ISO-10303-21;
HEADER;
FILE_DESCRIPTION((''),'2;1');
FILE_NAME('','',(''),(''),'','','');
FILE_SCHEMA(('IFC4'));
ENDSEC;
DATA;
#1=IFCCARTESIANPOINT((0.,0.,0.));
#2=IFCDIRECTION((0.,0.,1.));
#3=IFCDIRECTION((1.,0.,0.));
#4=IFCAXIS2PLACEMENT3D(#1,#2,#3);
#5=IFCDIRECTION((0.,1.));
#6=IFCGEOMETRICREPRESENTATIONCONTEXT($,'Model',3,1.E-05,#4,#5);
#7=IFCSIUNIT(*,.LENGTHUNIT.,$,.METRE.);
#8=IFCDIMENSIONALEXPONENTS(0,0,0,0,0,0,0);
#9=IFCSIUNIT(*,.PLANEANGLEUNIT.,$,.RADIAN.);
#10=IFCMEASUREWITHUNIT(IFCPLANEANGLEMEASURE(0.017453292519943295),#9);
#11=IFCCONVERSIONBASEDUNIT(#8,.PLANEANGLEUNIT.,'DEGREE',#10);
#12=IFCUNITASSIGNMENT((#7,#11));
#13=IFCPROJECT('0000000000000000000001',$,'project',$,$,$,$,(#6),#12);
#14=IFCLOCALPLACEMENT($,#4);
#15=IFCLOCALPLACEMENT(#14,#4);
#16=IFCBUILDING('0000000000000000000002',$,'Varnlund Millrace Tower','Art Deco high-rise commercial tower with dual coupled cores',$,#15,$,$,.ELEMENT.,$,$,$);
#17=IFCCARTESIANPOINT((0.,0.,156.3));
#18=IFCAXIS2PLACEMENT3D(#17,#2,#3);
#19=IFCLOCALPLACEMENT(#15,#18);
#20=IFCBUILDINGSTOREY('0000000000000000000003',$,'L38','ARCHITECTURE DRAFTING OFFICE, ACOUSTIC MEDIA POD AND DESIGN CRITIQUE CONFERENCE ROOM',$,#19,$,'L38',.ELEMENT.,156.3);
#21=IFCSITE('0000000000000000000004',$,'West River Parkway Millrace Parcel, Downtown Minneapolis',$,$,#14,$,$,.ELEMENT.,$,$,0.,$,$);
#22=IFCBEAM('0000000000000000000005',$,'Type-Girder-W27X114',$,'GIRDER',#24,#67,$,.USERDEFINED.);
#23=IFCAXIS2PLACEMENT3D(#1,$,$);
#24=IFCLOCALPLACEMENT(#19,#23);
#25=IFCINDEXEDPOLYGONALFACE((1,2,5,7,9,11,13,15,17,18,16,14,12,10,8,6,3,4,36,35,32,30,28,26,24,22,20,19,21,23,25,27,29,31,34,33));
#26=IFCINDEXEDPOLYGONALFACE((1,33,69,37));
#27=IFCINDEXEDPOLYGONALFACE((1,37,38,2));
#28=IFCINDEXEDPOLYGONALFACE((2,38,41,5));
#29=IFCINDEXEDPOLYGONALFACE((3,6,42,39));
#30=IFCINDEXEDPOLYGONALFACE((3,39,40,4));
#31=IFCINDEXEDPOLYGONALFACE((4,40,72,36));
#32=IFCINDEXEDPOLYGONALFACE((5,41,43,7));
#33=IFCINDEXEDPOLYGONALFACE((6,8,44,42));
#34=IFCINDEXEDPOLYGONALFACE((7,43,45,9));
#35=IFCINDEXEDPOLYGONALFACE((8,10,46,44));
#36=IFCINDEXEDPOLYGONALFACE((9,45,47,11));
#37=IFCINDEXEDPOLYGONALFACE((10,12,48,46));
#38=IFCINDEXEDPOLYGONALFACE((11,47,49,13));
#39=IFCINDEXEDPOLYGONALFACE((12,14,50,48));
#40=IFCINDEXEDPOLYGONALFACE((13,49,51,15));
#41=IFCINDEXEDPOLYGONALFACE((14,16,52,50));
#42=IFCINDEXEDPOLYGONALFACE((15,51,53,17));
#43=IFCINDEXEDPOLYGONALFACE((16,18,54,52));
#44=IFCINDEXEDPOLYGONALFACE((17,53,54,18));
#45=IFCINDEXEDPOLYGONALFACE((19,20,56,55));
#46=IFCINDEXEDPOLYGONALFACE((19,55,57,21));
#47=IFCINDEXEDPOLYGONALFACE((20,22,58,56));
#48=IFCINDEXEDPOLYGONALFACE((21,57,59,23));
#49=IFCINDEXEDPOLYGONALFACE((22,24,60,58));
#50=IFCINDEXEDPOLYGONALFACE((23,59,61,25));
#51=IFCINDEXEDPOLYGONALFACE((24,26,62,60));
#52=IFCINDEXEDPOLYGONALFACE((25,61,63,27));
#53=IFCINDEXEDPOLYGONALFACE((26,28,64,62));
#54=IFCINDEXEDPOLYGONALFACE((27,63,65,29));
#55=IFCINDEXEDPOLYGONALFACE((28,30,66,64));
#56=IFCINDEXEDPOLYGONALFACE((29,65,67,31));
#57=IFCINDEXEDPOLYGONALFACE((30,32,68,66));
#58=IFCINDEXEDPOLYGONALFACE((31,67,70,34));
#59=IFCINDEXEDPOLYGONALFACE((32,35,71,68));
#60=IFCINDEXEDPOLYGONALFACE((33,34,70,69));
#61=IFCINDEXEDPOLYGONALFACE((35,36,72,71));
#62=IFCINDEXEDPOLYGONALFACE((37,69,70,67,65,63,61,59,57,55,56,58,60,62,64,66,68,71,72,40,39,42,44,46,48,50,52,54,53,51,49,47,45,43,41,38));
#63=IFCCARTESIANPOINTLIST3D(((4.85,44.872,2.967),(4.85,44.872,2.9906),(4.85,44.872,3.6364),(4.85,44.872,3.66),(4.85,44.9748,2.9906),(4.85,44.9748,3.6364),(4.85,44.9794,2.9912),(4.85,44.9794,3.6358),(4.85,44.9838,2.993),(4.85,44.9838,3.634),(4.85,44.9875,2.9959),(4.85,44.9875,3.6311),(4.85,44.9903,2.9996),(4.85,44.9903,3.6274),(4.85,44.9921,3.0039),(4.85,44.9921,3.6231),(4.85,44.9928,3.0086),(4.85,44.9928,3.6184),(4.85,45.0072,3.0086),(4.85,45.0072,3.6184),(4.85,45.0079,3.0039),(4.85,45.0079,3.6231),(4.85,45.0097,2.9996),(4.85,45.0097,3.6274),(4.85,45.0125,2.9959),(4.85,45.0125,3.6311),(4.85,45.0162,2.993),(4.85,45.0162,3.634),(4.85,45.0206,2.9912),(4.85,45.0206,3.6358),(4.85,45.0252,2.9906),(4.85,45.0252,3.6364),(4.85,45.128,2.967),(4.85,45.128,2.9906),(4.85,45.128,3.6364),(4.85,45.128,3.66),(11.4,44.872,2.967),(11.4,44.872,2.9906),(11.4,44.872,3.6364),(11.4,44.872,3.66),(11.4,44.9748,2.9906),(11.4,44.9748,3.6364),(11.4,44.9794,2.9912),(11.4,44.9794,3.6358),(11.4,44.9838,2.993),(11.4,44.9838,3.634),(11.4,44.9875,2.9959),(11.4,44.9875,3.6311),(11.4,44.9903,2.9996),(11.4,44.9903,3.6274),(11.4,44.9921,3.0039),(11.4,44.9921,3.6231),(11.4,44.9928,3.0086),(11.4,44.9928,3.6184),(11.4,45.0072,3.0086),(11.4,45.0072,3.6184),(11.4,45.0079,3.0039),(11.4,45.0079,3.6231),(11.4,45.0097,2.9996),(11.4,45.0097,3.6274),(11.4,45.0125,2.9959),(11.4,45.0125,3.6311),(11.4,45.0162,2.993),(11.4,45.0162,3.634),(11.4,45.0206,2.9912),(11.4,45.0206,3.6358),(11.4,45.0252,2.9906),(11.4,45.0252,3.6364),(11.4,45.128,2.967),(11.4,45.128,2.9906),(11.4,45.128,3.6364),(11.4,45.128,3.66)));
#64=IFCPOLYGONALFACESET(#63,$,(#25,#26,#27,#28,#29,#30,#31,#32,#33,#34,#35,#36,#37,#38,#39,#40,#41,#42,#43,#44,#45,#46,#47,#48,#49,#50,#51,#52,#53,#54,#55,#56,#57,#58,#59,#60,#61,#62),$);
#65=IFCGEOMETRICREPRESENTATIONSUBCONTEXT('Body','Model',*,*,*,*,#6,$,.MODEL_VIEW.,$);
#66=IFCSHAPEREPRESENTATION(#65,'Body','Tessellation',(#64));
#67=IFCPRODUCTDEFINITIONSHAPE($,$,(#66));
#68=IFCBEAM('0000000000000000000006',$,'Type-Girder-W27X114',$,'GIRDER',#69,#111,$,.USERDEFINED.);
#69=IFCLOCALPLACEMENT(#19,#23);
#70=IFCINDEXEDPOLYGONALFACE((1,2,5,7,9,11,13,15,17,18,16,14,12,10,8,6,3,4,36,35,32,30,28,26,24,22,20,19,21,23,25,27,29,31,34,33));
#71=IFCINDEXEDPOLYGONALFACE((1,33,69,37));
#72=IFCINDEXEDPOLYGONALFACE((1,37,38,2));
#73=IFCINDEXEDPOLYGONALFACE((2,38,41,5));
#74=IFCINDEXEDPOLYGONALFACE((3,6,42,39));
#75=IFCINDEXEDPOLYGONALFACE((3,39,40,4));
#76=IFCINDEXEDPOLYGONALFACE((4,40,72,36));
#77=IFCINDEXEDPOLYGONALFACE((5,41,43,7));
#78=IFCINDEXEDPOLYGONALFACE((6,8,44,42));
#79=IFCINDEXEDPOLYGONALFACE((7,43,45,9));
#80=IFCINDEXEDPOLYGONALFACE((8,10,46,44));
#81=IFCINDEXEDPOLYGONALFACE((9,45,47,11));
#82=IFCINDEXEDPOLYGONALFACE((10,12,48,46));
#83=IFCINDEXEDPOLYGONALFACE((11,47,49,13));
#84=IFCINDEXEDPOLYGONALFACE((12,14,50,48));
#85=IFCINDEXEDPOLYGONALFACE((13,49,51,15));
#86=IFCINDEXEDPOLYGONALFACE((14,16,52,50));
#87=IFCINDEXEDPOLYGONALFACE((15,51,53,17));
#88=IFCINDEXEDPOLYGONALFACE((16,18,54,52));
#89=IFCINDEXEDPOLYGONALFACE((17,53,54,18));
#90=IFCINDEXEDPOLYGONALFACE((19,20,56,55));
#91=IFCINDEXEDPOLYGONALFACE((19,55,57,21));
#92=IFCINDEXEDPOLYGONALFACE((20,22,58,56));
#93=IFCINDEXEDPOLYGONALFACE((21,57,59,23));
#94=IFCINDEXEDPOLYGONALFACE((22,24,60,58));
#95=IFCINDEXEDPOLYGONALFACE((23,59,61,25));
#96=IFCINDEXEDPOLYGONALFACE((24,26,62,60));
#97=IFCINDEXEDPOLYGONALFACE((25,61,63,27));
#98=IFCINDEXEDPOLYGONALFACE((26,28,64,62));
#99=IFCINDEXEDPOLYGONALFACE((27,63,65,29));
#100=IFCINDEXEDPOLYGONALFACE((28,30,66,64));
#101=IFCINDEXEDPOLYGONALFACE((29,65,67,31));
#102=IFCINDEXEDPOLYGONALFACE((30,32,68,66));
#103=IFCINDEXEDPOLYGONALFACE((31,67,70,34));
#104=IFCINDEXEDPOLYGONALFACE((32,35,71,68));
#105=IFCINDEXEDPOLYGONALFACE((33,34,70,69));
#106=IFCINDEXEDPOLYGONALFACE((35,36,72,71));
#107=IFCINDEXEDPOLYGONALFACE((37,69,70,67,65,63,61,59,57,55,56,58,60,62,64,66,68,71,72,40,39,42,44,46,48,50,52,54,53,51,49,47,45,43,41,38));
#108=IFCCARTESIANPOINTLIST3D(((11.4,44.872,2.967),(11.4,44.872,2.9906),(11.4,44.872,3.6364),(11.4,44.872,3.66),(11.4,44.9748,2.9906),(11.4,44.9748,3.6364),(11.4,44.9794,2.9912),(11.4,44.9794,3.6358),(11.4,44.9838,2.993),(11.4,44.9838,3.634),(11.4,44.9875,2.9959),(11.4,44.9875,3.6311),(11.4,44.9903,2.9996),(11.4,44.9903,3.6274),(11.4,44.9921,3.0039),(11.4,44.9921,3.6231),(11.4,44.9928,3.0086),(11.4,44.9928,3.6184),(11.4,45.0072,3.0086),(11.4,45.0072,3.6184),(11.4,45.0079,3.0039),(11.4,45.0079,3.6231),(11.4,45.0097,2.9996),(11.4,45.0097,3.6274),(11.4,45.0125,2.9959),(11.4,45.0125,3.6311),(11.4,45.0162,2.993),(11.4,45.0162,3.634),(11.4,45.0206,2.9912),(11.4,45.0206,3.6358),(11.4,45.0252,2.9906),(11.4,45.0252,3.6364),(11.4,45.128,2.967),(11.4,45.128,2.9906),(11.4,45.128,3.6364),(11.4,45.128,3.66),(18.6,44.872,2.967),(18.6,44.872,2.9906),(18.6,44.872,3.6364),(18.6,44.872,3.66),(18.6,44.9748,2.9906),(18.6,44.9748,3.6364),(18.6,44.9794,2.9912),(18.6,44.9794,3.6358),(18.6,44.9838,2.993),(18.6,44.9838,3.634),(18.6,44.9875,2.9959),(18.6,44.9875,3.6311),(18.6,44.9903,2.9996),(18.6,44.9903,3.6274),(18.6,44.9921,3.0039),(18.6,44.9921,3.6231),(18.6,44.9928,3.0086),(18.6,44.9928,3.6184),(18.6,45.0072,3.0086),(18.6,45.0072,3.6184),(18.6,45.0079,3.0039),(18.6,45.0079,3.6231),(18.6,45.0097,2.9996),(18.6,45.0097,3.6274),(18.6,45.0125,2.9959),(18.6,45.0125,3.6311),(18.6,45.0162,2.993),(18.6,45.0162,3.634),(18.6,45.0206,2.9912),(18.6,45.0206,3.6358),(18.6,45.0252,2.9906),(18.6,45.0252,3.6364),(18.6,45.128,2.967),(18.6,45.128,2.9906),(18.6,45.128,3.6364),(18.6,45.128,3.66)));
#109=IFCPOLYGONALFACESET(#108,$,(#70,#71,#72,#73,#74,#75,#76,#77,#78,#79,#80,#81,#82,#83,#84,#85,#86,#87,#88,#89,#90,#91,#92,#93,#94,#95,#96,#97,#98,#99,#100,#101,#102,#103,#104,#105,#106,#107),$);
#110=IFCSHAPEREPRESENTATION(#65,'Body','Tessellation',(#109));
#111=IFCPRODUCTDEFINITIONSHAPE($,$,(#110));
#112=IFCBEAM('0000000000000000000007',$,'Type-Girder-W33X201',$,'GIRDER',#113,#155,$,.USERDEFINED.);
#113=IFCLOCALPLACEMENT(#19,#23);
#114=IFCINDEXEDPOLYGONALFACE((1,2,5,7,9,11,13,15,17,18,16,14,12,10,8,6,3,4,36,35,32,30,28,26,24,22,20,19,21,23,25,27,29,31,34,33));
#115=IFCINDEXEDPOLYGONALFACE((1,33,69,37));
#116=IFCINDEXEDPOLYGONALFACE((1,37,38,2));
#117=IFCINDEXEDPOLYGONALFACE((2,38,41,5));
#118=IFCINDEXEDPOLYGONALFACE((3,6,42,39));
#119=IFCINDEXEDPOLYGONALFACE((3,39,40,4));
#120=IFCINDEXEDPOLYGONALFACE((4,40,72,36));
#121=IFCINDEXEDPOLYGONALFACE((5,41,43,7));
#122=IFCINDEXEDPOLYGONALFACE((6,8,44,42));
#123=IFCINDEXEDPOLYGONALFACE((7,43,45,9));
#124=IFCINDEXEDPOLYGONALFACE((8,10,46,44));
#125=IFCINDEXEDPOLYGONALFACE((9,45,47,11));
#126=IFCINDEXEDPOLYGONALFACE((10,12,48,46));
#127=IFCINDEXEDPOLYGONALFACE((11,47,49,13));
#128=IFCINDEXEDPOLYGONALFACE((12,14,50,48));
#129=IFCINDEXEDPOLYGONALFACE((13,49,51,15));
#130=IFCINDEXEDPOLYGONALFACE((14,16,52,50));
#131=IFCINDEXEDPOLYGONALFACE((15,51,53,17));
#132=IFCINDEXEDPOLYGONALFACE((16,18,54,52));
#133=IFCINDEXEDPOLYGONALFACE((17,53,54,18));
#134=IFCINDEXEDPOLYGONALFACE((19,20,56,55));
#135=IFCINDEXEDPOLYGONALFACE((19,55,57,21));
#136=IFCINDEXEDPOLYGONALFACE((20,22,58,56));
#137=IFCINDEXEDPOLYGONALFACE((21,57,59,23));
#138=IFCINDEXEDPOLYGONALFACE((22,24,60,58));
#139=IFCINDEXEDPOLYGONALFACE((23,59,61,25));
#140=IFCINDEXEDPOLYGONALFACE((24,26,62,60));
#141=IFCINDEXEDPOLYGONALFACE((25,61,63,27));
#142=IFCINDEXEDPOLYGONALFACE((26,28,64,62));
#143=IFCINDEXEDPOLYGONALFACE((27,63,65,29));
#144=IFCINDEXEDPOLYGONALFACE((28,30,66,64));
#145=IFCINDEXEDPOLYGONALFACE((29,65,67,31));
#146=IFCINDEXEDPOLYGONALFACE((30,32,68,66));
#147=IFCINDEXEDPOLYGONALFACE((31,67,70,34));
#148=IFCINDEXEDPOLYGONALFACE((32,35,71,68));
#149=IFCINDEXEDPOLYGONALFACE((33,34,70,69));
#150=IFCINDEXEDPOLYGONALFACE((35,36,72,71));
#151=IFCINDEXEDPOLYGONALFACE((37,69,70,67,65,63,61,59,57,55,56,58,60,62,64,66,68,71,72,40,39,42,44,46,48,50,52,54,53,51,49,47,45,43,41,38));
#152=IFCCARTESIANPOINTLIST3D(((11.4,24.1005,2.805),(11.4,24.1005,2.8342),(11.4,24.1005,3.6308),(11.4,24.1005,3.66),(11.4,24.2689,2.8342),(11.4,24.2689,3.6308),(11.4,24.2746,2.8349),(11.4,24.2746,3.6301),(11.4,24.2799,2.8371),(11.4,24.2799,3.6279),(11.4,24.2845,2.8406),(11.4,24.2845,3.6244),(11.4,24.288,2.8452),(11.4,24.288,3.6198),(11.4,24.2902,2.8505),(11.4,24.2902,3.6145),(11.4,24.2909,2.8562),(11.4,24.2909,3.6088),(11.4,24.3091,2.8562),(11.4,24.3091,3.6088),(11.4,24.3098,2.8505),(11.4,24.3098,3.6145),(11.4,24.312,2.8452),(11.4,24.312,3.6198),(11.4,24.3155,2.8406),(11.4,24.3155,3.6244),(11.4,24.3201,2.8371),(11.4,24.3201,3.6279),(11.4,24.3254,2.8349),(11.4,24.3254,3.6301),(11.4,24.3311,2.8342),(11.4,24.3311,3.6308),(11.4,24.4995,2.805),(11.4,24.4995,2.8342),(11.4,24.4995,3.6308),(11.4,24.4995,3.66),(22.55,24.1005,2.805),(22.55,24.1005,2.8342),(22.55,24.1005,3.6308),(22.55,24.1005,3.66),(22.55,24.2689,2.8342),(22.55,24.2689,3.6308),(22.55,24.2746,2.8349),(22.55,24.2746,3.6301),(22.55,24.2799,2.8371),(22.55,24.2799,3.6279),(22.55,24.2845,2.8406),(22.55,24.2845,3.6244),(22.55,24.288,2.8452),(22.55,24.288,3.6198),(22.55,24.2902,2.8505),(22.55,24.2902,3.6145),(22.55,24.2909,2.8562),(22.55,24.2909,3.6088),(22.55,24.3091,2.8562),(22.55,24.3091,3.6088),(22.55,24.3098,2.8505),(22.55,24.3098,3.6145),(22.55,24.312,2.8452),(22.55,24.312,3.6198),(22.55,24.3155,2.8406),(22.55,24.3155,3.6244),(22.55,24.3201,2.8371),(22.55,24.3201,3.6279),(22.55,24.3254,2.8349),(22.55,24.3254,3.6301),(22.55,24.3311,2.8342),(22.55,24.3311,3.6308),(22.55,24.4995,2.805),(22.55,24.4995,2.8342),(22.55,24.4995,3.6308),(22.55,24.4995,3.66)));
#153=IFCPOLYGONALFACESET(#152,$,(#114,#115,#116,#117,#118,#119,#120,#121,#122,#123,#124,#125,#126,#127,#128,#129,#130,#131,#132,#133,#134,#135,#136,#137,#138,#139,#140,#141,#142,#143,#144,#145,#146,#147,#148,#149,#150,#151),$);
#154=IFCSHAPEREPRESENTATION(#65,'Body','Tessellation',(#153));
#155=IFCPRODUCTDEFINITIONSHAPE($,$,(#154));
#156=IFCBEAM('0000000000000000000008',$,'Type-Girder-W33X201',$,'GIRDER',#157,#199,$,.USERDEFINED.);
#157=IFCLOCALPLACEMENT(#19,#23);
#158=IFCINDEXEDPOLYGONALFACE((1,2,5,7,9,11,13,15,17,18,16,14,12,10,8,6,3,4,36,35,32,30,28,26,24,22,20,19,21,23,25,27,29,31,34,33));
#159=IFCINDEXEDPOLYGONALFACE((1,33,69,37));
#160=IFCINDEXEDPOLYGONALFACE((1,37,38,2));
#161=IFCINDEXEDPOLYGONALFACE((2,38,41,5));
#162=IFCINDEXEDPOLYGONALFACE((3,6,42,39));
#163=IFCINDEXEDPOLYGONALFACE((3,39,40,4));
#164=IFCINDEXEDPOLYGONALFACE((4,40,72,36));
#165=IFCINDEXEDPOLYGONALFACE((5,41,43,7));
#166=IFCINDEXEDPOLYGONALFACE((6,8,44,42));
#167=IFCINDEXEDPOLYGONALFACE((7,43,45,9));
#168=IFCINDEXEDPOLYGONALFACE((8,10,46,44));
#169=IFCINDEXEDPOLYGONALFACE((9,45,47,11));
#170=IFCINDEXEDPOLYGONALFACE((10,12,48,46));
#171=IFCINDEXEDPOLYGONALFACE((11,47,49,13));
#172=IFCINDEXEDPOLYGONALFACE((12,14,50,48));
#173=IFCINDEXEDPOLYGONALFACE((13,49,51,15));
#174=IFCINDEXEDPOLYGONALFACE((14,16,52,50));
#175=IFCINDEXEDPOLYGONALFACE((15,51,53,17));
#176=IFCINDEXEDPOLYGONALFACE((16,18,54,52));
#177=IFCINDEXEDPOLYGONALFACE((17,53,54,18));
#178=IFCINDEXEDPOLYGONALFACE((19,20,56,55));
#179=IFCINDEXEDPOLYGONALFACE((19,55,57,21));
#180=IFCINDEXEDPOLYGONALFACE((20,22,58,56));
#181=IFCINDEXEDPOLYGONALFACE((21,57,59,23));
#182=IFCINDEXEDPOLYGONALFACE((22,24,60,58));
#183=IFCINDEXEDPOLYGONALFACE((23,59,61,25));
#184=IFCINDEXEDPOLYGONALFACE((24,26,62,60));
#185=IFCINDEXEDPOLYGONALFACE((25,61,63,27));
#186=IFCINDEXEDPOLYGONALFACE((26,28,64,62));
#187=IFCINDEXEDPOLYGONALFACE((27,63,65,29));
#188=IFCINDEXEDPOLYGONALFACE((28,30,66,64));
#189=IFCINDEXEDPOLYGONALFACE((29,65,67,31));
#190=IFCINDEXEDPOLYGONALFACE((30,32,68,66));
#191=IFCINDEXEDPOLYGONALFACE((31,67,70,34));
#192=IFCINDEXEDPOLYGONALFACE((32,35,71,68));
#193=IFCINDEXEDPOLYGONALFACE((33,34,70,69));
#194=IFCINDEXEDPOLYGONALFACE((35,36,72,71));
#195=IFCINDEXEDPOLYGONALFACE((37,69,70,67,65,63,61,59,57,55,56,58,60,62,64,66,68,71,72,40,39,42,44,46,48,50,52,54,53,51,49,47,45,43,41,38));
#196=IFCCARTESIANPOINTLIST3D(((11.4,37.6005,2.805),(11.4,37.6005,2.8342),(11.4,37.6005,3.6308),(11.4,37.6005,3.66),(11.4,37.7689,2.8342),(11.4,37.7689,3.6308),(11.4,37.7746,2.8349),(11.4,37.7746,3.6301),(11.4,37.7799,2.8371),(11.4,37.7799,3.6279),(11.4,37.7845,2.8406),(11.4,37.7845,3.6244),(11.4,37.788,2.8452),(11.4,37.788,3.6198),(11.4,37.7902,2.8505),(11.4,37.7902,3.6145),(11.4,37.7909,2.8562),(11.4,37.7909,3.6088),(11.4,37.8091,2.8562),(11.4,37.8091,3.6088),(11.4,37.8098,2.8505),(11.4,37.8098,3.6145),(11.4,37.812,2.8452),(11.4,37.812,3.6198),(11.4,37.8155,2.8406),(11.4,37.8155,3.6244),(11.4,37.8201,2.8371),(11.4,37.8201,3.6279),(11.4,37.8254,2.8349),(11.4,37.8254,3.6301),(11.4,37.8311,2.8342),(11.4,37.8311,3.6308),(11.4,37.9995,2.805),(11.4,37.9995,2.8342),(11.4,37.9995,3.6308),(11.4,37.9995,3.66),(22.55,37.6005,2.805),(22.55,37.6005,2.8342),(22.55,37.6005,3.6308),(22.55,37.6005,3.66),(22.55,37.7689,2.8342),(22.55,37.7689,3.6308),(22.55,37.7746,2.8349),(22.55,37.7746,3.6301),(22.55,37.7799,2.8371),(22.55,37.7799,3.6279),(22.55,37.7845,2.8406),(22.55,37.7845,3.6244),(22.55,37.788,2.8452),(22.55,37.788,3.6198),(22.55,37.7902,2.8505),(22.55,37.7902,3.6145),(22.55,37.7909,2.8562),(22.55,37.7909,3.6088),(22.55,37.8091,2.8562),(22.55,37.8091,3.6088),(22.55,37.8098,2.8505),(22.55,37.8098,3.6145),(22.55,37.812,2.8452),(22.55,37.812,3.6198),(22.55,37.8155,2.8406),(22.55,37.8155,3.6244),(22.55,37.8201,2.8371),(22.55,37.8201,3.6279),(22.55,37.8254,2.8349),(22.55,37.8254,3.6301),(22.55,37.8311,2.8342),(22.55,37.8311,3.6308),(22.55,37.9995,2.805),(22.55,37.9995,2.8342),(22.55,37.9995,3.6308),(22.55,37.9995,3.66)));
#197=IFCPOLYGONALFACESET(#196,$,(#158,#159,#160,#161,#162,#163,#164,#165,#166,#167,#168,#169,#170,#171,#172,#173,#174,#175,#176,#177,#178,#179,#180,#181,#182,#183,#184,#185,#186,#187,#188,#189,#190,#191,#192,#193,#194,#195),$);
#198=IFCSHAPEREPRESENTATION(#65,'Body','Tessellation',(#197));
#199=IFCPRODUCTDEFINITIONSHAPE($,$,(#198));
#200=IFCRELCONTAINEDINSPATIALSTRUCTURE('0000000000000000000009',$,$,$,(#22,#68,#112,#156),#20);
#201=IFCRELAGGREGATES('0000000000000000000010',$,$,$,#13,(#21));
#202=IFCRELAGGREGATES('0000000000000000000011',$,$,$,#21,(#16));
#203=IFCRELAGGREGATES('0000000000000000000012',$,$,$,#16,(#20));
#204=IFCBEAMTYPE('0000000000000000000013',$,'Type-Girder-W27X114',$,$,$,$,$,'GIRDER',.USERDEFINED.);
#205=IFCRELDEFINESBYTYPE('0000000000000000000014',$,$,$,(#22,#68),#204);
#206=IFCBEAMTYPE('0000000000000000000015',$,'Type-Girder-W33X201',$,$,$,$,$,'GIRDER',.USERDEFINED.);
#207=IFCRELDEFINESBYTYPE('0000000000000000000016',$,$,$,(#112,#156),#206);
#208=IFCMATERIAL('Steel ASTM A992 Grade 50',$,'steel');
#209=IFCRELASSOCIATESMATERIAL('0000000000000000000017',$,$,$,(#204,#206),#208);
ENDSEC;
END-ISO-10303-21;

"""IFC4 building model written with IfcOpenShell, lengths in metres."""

from ifc_helpers import new_model, entity, si_unit, converted_unit, direction, frame, origin_with_axes, origin_2d_with_axis, place, context, subcontext, project, spatial, i_section, extrude, material, material_profile, profile_set, type_object, element, save


model = new_model("IFC4")

# Units and contexts
model_context = context("Model", 3, precision=1e-05, world=origin_with_axes(), true_north=direction((0.0, 1.0)))
body_context = subcontext(model_context, "Body", "Model", "MODEL_VIEW")
ifc_project = project(units=[si_unit("LENGTHUNIT", "METRE"), converted_unit("PLANEANGLEUNIT", "DEGREE", entity("IfcPlaneAngleMeasure", 0.017453292519943295), si_unit("PLANEANGLEUNIT", "RADIAN"), dimensions=[0, 0, 0, 0, 0, 0, 0])], contexts=[model_context])

# Site, building, storey
site_placement = place(None, origin_with_axes())
site = spatial("IfcSite", under=ifc_project, at=site_placement, Name="West River Parkway Millrace Parcel, Downtown Minneapolis", CompositionType="ELEMENT", RefElevation=0.0)
building_placement = place(site_placement, origin_with_axes())
building = spatial("IfcBuilding", under=site, at=building_placement, Name="Varnlund Millrace Tower", Description="Art Deco high-rise commercial tower with dual coupled cores", CompositionType="ELEMENT")
storey_placement = place(building_placement, frame((0.0, 0.0, 156.3), z_axis=(0.0, 0.0, 1.0), x_axis=(1.0, 0.0, 0.0)))
storey = spatial("IfcBuildingStorey", under=building, at=storey_placement, Name="L38", Description="ARCHITECTURE DRAFTING OFFICE, ACOUSTIC MEDIA POD AND DESIGN CRITIQUE CONFERENCE ROOM", LongName="L38", CompositionType="ELEMENT", Elevation=156.3)

# Beams
ifc_material_1 = material(Name="Steel ASTM A992 Grade 50", Category="steel")
ifc_material_profile_1 = material_profile(ifc_material_1, i_section(OverallWidth=0.256, OverallDepth=0.693, WebThickness=0.0145, FlangeThickness=0.0236, FilletRadius=0.018, at=origin_2d_with_axis()), Name="Steel ASTM A992 Grade 50")
ifc_profile_set_1 = profile_set([ifc_material_profile_1], Name="Steel ASTM A992 Grade 50")
beam_type_1 = type_object("IfcBeamType", Name="Type-Girder-W27X114", ElementType="GIRDER", PredefinedType="USERDEFINED", material=ifc_profile_set_1)
beam_1_placement = place(storey_placement, frame((4.85, 45.0, 3.3135), z_axis=(1.0, 0.0, 0.0), x_axis=(0.0, 1.0, 0.0)))
element("IfcBeam", 1, at=beam_1_placement, inside=storey, type_object=beam_type_1, Name="Type-Girder-W27X114", ObjectType="GIRDER", PredefinedType="USERDEFINED", context=body_context, shape_type="SweptSolid", body=[
    extrude(i_section(OverallWidth=0.256, OverallDepth=0.693, WebThickness=0.0145, FlangeThickness=0.0236, FilletRadius=0.018, at=origin_2d_with_axis()), origin_with_axes(), (0.0, 0.0, 1.0), 6.55),
])
beam_2_placement = place(storey_placement, frame((11.4, 45.0, 3.3135), z_axis=(1.0, 0.0, 0.0), x_axis=(0.0, 1.0, 0.0)))
element("IfcBeam", 2, at=beam_2_placement, inside=storey, type_object=beam_type_1, Name="Type-Girder-W27X114", ObjectType="GIRDER", PredefinedType="USERDEFINED", context=body_context, shape_type="SweptSolid", body=[
    extrude(i_section(OverallWidth=0.256, OverallDepth=0.693, WebThickness=0.0145, FlangeThickness=0.0236, FilletRadius=0.018, at=origin_2d_with_axis()), origin_with_axes(), (0.0, 0.0, 1.0), 7.2),
])
ifc_material_profile_2 = material_profile(ifc_material_1, i_section(OverallWidth=0.399, OverallDepth=0.855, WebThickness=0.0182, FlangeThickness=0.0292, FilletRadius=0.022, at=origin_2d_with_axis()), Name="Steel ASTM A992 Grade 50")
ifc_profile_set_2 = profile_set([ifc_material_profile_2], Name="Steel ASTM A992 Grade 50")
beam_type_2 = type_object("IfcBeamType", Name="Type-Girder-W33X201", ElementType="GIRDER", PredefinedType="USERDEFINED", material=ifc_profile_set_2)
for number, where, z_axis, x_axis, name in (
    (3, (11.4, 24.3, 3.2325), (1.0, 0.0, 0.0), (0.0, 1.0, 0.0), "Type-Girder-W33X201"),
    (4, (11.4, 37.8, 3.2325), (1.0, 0.0, 0.0), (0.0, 1.0, 0.0), "Type-Girder-W33X201"),
):
    element("IfcBeam", number, at=place(storey_placement, frame(where, z_axis=z_axis, x_axis=x_axis)), inside=storey, type_object=beam_type_2, Name=name, ObjectType="GIRDER", PredefinedType="USERDEFINED", context=body_context, shape_type="SweptSolid", body=[
        extrude(i_section(OverallWidth=0.399, OverallDepth=0.855, WebThickness=0.0182, FlangeThickness=0.0292, FilletRadius=0.022, at=origin_2d_with_axis()), origin_with_axes(), (0.0, 0.0, 1.0), 11.15),
    ])

save(model, "model.ifc")
